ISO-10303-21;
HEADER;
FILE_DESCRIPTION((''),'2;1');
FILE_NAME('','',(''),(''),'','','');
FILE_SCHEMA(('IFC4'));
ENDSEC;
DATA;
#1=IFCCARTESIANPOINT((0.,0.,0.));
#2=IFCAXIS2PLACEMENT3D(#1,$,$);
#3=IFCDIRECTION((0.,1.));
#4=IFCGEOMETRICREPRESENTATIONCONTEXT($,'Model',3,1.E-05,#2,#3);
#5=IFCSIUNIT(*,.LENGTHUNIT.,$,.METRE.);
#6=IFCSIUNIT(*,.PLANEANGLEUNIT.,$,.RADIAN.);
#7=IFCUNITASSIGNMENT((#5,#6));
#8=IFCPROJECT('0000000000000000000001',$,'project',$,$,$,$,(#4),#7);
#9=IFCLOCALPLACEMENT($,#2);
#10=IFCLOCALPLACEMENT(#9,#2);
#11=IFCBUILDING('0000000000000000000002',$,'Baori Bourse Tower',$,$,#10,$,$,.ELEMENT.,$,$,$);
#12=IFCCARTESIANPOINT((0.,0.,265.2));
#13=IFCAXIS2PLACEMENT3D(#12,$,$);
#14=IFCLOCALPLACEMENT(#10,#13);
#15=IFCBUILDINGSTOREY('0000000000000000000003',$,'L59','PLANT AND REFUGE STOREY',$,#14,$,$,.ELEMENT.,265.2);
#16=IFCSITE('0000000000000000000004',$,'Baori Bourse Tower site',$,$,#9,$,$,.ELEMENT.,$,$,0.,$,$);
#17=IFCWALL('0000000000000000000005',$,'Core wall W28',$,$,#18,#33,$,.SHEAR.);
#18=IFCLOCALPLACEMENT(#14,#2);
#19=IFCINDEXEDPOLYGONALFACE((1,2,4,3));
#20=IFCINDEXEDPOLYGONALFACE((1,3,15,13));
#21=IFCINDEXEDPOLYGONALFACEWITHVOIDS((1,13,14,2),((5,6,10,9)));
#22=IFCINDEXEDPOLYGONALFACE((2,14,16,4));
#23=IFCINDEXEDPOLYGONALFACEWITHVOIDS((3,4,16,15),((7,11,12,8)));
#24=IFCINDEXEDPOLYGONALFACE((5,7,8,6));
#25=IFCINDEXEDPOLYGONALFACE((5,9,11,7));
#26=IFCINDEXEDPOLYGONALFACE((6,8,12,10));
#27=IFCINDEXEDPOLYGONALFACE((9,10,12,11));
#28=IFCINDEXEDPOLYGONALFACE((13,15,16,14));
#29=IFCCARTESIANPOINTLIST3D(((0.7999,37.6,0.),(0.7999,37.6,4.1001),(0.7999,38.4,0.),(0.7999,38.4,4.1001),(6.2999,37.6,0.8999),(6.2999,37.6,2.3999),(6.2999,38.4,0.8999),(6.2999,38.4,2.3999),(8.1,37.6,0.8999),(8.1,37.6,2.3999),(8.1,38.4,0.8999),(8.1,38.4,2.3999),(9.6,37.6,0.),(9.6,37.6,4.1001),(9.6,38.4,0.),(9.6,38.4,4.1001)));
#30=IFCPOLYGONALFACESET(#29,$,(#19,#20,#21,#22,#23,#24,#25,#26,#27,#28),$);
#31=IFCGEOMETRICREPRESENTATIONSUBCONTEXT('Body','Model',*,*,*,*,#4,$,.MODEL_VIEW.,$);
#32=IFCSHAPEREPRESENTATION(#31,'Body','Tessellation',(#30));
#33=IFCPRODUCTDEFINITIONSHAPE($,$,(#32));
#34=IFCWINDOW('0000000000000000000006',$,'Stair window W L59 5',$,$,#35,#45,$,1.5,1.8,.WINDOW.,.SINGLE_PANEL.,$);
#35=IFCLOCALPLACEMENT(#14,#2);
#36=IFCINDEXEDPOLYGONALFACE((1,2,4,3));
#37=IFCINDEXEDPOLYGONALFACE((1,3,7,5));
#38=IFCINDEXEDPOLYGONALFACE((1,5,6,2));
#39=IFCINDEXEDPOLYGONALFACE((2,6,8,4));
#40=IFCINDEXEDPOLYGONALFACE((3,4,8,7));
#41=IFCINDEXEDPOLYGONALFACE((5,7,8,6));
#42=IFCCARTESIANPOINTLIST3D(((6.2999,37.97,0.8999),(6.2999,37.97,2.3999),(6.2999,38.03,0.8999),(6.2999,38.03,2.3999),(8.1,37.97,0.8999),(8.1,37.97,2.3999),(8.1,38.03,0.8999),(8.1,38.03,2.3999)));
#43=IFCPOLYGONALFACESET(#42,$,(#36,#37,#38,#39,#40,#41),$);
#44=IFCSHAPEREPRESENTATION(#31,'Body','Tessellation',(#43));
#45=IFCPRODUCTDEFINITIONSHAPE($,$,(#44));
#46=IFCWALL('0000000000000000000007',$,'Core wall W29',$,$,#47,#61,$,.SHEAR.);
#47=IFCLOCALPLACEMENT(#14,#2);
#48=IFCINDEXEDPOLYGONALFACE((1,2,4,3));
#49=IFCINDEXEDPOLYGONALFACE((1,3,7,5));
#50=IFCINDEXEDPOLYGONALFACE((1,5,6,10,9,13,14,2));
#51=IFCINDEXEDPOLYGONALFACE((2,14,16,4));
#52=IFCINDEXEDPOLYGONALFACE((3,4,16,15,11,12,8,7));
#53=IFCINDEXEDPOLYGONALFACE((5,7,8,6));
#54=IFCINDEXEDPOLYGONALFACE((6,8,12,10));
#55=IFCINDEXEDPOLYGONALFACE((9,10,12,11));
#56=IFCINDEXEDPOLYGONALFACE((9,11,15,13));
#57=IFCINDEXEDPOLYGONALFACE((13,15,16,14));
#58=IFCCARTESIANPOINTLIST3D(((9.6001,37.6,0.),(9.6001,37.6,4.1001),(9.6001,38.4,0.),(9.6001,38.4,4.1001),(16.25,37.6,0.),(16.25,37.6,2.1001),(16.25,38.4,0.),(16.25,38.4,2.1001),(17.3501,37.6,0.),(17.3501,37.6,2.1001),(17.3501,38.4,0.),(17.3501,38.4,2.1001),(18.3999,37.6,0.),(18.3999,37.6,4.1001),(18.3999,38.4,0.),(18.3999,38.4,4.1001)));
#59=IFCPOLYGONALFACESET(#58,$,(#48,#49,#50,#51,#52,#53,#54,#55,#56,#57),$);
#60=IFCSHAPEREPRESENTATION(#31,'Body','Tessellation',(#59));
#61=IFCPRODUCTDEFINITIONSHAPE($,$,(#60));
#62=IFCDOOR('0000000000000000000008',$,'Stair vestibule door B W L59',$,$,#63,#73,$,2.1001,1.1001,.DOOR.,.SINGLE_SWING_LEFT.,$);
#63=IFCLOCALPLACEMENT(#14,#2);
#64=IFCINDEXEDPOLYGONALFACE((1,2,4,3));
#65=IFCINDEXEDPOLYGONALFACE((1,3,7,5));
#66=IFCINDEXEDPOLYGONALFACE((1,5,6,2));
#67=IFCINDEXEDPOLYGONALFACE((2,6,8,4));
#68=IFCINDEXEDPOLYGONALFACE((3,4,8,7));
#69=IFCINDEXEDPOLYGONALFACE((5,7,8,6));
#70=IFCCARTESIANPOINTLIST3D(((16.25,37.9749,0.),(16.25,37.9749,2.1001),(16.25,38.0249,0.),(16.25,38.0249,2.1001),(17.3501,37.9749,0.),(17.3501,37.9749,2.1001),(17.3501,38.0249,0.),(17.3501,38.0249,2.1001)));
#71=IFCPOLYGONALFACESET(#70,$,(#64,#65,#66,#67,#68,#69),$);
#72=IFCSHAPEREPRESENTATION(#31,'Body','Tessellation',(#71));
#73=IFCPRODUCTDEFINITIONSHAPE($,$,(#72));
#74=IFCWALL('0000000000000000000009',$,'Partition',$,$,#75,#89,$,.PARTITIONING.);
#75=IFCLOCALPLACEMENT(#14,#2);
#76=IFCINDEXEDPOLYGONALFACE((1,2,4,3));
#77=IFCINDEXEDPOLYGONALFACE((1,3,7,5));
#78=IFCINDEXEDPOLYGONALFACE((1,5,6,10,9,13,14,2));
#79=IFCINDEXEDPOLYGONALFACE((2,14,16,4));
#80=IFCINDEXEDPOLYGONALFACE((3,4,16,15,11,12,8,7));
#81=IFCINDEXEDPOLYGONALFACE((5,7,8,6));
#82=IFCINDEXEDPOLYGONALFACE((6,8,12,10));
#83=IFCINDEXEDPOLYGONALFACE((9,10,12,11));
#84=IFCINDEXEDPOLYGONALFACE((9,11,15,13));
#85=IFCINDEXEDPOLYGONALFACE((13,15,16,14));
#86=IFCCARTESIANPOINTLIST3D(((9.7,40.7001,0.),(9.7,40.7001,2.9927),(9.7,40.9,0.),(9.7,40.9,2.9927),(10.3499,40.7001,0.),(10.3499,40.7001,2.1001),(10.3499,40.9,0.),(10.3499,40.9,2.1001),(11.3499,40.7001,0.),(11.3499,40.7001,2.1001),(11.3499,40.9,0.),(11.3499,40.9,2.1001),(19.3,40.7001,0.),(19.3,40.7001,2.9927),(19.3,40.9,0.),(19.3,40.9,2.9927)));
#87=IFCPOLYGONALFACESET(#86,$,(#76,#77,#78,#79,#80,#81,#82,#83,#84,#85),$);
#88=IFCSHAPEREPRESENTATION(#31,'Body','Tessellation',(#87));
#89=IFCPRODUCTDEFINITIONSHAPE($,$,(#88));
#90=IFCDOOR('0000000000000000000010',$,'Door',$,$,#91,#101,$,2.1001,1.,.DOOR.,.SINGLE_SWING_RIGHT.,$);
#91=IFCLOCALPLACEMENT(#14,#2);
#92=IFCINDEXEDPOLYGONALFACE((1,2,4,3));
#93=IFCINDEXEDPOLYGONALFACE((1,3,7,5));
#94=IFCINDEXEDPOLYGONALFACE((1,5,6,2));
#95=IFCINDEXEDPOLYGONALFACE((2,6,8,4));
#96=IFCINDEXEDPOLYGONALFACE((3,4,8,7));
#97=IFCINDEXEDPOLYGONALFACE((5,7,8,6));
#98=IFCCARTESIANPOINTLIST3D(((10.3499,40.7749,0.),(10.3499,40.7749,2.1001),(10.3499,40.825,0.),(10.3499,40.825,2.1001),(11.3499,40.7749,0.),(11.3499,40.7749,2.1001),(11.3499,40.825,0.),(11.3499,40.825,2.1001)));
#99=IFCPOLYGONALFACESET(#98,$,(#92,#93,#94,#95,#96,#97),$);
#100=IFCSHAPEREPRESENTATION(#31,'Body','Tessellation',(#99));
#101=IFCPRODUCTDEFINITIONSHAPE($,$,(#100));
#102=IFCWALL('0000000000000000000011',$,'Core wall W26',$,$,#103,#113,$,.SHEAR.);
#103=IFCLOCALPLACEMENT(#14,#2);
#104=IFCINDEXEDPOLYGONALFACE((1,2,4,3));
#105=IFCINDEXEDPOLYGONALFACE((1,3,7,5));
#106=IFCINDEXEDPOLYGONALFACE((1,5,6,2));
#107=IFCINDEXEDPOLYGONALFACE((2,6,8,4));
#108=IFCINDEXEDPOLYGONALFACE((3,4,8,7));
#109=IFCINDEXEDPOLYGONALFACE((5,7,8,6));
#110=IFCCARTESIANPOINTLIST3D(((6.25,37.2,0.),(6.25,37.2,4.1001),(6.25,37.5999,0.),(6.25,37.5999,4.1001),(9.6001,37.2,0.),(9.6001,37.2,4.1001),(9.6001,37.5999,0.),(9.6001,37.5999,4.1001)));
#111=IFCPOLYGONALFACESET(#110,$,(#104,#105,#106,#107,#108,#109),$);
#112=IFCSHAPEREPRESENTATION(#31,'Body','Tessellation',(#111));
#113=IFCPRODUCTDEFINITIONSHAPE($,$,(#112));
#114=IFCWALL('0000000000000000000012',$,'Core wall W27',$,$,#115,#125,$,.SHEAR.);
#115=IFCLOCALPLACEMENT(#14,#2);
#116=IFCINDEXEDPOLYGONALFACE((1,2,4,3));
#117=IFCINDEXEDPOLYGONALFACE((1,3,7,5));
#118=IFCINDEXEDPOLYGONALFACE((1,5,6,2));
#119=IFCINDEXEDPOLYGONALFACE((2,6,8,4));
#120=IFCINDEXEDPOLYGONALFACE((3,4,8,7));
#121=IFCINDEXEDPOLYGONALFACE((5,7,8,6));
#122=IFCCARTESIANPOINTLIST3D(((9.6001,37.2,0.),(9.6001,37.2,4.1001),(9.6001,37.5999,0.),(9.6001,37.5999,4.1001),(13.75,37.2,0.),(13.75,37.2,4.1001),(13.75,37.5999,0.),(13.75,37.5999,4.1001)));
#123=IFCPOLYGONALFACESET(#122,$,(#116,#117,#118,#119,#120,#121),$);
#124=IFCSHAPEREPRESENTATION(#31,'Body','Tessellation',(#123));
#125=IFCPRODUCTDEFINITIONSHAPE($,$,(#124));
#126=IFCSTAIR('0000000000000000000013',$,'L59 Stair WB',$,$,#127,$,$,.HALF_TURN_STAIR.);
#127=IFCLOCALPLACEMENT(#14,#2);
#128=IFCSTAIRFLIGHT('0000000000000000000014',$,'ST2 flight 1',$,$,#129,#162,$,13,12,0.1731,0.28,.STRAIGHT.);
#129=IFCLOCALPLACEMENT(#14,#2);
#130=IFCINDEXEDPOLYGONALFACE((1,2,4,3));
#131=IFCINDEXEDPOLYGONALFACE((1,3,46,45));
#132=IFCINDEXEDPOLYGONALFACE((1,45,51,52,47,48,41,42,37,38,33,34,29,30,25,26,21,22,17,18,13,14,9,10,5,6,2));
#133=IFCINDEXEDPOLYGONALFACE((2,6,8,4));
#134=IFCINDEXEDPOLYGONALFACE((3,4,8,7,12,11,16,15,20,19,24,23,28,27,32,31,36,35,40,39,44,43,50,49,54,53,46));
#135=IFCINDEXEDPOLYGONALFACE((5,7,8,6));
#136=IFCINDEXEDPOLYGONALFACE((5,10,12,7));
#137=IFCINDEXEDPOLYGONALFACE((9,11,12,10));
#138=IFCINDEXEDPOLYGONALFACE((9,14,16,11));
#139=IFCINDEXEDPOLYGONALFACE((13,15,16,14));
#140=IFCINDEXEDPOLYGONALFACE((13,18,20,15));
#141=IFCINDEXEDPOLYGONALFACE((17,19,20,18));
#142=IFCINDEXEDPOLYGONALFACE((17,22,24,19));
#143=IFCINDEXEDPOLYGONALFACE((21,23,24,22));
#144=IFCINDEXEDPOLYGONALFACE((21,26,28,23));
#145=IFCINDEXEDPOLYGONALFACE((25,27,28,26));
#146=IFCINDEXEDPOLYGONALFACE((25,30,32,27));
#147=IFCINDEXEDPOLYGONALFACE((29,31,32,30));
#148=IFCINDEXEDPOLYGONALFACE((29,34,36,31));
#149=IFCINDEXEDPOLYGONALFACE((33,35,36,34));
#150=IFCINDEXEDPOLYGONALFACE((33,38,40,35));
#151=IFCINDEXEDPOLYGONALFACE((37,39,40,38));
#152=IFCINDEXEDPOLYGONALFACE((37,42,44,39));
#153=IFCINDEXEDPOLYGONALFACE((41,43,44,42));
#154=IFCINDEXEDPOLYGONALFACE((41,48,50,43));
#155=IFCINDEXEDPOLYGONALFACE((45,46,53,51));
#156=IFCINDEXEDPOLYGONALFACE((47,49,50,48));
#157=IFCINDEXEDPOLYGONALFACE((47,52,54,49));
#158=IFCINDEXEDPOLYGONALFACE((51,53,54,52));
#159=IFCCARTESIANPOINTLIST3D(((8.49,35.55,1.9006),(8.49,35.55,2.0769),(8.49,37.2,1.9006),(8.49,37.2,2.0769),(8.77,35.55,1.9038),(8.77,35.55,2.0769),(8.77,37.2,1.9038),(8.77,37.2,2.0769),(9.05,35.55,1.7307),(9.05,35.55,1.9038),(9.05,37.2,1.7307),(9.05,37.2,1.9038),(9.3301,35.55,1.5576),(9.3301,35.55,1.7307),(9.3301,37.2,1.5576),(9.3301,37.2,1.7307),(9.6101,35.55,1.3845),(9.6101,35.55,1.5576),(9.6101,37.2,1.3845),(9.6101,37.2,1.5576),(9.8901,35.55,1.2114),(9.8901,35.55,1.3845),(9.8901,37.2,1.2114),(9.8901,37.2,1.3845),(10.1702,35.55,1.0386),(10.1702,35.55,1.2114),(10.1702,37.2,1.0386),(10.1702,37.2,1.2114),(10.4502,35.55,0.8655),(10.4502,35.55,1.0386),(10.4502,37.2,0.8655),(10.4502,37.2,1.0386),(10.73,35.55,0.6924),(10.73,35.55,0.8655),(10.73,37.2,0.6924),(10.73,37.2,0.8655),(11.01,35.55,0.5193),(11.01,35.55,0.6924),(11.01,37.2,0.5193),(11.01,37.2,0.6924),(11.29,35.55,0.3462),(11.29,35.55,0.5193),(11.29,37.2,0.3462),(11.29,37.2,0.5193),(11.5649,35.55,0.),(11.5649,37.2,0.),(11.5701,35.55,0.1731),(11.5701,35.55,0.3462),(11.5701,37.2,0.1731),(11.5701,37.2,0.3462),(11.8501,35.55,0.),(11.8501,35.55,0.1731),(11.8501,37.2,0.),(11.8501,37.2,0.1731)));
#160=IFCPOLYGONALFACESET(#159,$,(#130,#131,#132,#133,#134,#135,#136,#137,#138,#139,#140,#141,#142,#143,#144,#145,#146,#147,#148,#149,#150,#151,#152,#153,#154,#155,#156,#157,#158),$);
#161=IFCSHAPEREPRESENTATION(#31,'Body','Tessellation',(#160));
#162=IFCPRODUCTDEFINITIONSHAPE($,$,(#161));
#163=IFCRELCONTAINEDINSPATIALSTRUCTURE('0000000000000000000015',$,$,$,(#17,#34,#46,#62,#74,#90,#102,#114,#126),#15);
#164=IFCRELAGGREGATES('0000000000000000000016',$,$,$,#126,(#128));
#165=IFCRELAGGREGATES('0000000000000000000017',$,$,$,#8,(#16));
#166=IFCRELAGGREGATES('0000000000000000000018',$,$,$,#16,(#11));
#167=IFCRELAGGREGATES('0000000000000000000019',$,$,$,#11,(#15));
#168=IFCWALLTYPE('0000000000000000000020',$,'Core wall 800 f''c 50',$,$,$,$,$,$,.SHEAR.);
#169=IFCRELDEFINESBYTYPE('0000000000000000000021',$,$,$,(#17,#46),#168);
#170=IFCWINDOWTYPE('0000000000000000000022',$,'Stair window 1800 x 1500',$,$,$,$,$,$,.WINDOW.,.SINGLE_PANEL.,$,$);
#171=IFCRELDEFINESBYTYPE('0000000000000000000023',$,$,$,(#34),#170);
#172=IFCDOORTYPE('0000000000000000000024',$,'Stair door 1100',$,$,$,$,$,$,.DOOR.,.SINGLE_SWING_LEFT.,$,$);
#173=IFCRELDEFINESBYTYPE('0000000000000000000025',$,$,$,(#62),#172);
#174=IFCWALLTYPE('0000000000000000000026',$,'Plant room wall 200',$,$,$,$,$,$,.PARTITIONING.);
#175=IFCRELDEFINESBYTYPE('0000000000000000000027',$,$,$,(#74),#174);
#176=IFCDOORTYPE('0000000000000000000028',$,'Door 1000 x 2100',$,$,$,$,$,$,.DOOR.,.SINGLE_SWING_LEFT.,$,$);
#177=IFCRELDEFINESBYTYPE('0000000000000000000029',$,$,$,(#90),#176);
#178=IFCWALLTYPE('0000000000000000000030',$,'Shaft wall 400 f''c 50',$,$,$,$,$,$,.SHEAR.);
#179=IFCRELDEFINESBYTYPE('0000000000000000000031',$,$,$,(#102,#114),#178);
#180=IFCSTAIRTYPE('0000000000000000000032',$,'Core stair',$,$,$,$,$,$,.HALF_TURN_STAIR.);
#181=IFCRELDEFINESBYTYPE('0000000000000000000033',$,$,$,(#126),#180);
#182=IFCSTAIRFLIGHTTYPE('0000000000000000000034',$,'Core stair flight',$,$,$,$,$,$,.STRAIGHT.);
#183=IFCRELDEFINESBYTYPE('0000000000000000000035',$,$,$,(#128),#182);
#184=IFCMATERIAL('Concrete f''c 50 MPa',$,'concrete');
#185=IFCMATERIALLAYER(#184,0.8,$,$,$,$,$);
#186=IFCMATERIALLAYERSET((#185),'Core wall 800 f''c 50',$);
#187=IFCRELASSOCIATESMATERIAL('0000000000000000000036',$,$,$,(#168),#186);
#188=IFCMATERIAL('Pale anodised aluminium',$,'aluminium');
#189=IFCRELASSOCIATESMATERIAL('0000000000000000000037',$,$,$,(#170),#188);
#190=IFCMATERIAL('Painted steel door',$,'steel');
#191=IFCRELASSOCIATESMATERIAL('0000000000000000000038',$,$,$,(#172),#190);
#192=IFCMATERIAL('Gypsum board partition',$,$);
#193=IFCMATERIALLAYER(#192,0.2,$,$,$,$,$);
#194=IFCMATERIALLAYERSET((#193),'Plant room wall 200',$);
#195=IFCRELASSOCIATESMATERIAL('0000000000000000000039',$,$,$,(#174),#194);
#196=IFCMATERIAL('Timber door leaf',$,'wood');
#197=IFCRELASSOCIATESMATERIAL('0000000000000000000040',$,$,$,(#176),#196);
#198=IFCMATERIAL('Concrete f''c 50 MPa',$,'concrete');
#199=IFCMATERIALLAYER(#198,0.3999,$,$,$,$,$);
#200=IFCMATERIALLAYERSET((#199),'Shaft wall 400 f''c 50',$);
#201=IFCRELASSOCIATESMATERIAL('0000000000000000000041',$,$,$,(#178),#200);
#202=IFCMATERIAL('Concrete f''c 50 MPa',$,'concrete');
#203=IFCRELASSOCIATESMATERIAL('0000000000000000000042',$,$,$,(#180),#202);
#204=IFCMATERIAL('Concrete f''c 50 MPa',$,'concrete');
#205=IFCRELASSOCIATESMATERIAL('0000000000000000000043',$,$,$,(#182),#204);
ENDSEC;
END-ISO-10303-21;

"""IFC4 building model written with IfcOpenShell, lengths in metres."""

from ifc_helpers import new_model, si_unit, direction, frame, frame_2d, origin, place, context, subcontext, project, spatial, polyline, rectangle, outline, extrude, material, layer, layer_set, type_object, element, fill, aggregate, save


model = new_model("IFC4")

# Units and contexts
model_context = context("Model", 3, precision=1e-05, world=origin(), true_north=direction((0.0, 1.0)))
body_context = subcontext(model_context, "Body", "Model", "MODEL_VIEW")
ifc_project = project(units=[si_unit("LENGTHUNIT", "METRE"), si_unit("PLANEANGLEUNIT", "RADIAN")], contexts=[model_context])

# Site, building, storey
site_placement = place(None, origin())
site = spatial("IfcSite", under=ifc_project, at=site_placement, Name="Baori Bourse Tower site", CompositionType="ELEMENT", RefElevation=0.0)
building_placement = place(site_placement, origin())
building = spatial("IfcBuilding", under=site, at=building_placement, Name="Baori Bourse Tower", CompositionType="ELEMENT")
storey_placement = place(building_placement, frame((0.0, 0.0, 265.2)))
storey = spatial("IfcBuildingStorey", under=building, at=storey_placement, Name="L59", Description="PLANT AND REFUGE STOREY", CompositionType="ELEMENT", Elevation=265.2)

# Wall, opening, window
ifc_material_1 = material(Name="Concrete f'c 50 MPa", Category="concrete")
ifc_layer_1 = layer(ifc_material_1, 0.8)
ifc_layer_set_1 = layer_set([ifc_layer_1], Name="Core wall 800 f'c 50")
wall_type_1 = type_object("IfcWallType", Name="Core wall 800 f'c 50", PredefinedType="SHEAR", material=ifc_layer_set_1)
wall_1_placement = place(storey_placement, frame((0.8, 38.0, 0.0), z_axis=(0.0, 0.0, 1.0), x_axis=(1.0, 0.0, 0.0)))
wall_1 = element("IfcWall", 1, at=wall_1_placement, inside=storey, type_object=wall_type_1, Name="Core wall W28", PredefinedType="SHEAR", context=body_context, shape_type="SweptSolid", body=[
    extrude(rectangle(XDim=8.8, YDim=0.8, at=frame_2d((4.3999, 0.0))), origin(), (0.0, 0.0, 1.0), 4.1001),
])
opening_1_placement = place(wall_1_placement, frame((5.5, 0.0, 0.8999)))
opening_1 = element("IfcOpeningElement", 2, at=opening_1_placement, cuts=wall_1, PredefinedType="OPENING", context=body_context, shape_type="SweptSolid", body=[
    extrude(rectangle(XDim=1.8, YDim=1.5, at=frame_2d((0.8999, 0.75))), frame((0.0, 0.4099, 0.0), z_axis=(0.0, -1.0, 0.0), x_axis=(1.0, 0.0, 0.0)), (0.0, 0.0, 1.0), 0.8201),
])
ifc_material_2 = material(Name="Pale anodised aluminium", Category="aluminium")
window_type = type_object("IfcWindowType", Name="Stair window 1800 x 1500", PartitioningType="SINGLE_PANEL", PredefinedType="WINDOW", material=ifc_material_2)
window_placement = place(opening_1_placement, origin())
window = element("IfcWindow", 3, at=window_placement, inside=storey, type_object=window_type, Name="Stair window W L59 5", OverallHeight=1.5, OverallWidth=1.8, PartitioningType="SINGLE_PANEL", PredefinedType="WINDOW", context=body_context, shape_type="SweptSolid", body=[
    extrude(rectangle(XDim=1.8, YDim=1.5, at=frame_2d((0.8999, 0.75))), frame((0.0, 0.03, 0.0), z_axis=(0.0, -1.0, 0.0), x_axis=(1.0, 0.0, 0.0)), (0.0, 0.0, 1.0), 0.0601),
])
fill(opening_1, window)

# Walls, openings, doors
wall_2_placement = place(storey_placement, frame((9.6001, 38.0, 0.0), z_axis=(0.0, 0.0, 1.0), x_axis=(1.0, 0.0, 0.0)))
wall_2 = element("IfcWall", 4, at=wall_2_placement, inside=storey, type_object=wall_type_1, Name="Core wall W29", PredefinedType="SHEAR", context=body_context, shape_type="SweptSolid", body=[
    extrude(rectangle(XDim=8.7998, YDim=0.8, at=frame_2d((4.3999, 0.0))), origin(), (0.0, 0.0, 1.0), 4.1001),
])
opening_2_placement = place(wall_2_placement, frame((6.6499, 0.0, 0.0)))
opening_2 = element("IfcOpeningElement", 5, at=opening_2_placement, cuts=wall_2, PredefinedType="OPENING", context=body_context, shape_type="SweptSolid", body=[
    extrude(rectangle(XDim=1.1001, YDim=2.1001, at=frame_2d((0.55, 1.05))), frame((0.0, 0.4099, 0.0), z_axis=(0.0, -1.0, 0.0), x_axis=(1.0, 0.0, 0.0)), (0.0, 0.0, 1.0), 0.8201),
])
ifc_material_3 = material(Name="Painted steel door", Category="steel")
door_type_1 = type_object("IfcDoorType", Name="Stair door 1100", OperationType="SINGLE_SWING_LEFT", PredefinedType="DOOR", material=ifc_material_3)
door_1_placement = place(opening_2_placement, origin())
door_1 = element("IfcDoor", 6, at=door_1_placement, inside=storey, type_object=door_type_1, Name="Stair vestibule door B W L59", OperationType="SINGLE_SWING_LEFT", OverallHeight=2.1001, OverallWidth=1.1001, PredefinedType="DOOR", context=body_context, shape_type="SweptSolid", body=[
    extrude(rectangle(XDim=1.1001, YDim=2.1001, at=frame_2d((0.55, 1.05))), frame((0.0, 0.0249, 0.0), z_axis=(0.0, -1.0, 0.0), x_axis=(1.0, 0.0, 0.0)), (0.0, 0.0, 1.0), 0.05),
])
fill(opening_2, door_1)
ifc_material_4 = material(Name="Gypsum board partition")
ifc_layer_2 = layer(ifc_material_4, 0.2)
ifc_layer_set_2 = layer_set([ifc_layer_2], Name="Plant room wall 200")
wall_type_2 = type_object("IfcWallType", Name="Plant room wall 200", PredefinedType="PARTITIONING", material=ifc_layer_set_2)
wall_3_placement = place(storey_placement, frame((9.7, 40.8, 0.0), z_axis=(0.0, 0.0, 1.0), x_axis=(1.0, 0.0, 0.0)))
wall_3 = element("IfcWall", 7, at=wall_3_placement, inside=storey, type_object=wall_type_2, Name="Partition", PredefinedType="PARTITIONING", context=body_context, shape_type="SweptSolid", body=[
    extrude(rectangle(XDim=9.6001, YDim=0.2, at=frame_2d((4.8, 0.0))), origin(), (0.0, 0.0, 1.0), 2.9927),
])
opening_3_placement = place(wall_3_placement, frame((0.6499, 0.0, 0.0)))
opening_3 = element("IfcOpeningElement", 8, at=opening_3_placement, cuts=wall_3, PredefinedType="OPENING", context=body_context, shape_type="SweptSolid", body=[
    extrude(rectangle(XDim=1.0, YDim=2.1001, at=frame_2d((0.5, 1.05))), frame((0.0, 0.1099, 0.0), z_axis=(0.0, -1.0, 0.0), x_axis=(1.0, 0.0, 0.0)), (0.0, 0.0, 1.0), 0.22),
])
ifc_material_5 = material(Name="Timber door leaf", Category="wood")
door_type_2 = type_object("IfcDoorType", Name="Door 1000 x 2100", OperationType="SINGLE_SWING_LEFT", PredefinedType="DOOR", material=ifc_material_5)
door_2_placement = place(opening_3_placement, origin())
door_2 = element("IfcDoor", 9, at=door_2_placement, inside=storey, type_object=door_type_2, Name="Door", OperationType="SINGLE_SWING_RIGHT", OverallHeight=2.1001, OverallWidth=1.0, PredefinedType="DOOR", context=body_context, shape_type="SweptSolid", body=[
    extrude(rectangle(XDim=1.0, YDim=2.1001, at=frame_2d((0.5, 1.05))), frame((0.0, 0.0249, 0.0), z_axis=(0.0, -1.0, 0.0), x_axis=(1.0, 0.0, 0.0)), (0.0, 0.0, 1.0), 0.05),
])
fill(opening_3, door_2)

# Walls
ifc_material_6 = material(Name="Concrete f'c 50 MPa", Category="concrete")
ifc_layer_3 = layer(ifc_material_6, 0.3999)
ifc_layer_set_3 = layer_set([ifc_layer_3], Name="Shaft wall 400 f'c 50")
wall_type_3 = type_object("IfcWallType", Name="Shaft wall 400 f'c 50", PredefinedType="SHEAR", material=ifc_layer_set_3)
wall_4_placement = place(storey_placement, frame((6.25, 37.3999, 0.0), z_axis=(0.0, 0.0, 1.0), x_axis=(1.0, 0.0, 0.0)))
element("IfcWall", 10, at=wall_4_placement, inside=storey, type_object=wall_type_3, Name="Core wall W26", PredefinedType="SHEAR", context=body_context, shape_type="SweptSolid", body=[
    extrude(rectangle(XDim=3.3501, YDim=0.3999, at=frame_2d((1.675, 0.0))), origin(), (0.0, 0.0, 1.0), 4.1001),
])
wall_5_placement = place(storey_placement, frame((9.6001, 37.3999, 0.0), z_axis=(0.0, 0.0, 1.0), x_axis=(1.0, 0.0, 0.0)))
element("IfcWall", 11, at=wall_5_placement, inside=storey, type_object=wall_type_3, Name="Core wall W27", PredefinedType="SHEAR", context=body_context, shape_type="SweptSolid", body=[
    extrude(rectangle(XDim=4.1499, YDim=0.3999, at=frame_2d((2.075, 0.0))), origin(), (0.0, 0.0, 1.0), 4.1001),
])

# Stair, stair flight
ifc_material_7 = material(Name="Concrete f'c 50 MPa", Category="concrete")
stair_type = type_object("IfcStairType", Name="Core stair", PredefinedType="HALF_TURN_STAIR", material=ifc_material_7)
stair_placement = place(storey_placement, origin())
stair = element("IfcStair", 12, at=stair_placement, inside=storey, type_object=stair_type, Name="L59 Stair WB", PredefinedType="HALF_TURN_STAIR")
ifc_material_8 = material(Name="Concrete f'c 50 MPa", Category="concrete")
stair_flight_type = type_object("IfcStairFlightType", Name="Core stair flight", PredefinedType="STRAIGHT", material=ifc_material_8)
stair_flight_placement = place(storey_placement, frame((11.8501, 36.375, 0.0), z_axis=(0.0, 0.0, 1.0), x_axis=(-1.0, 0.0, 0.0)))
stair_flight = element("IfcStairFlight", 13, at=stair_flight_placement, type_object=stair_flight_type, Name="ST2 flight 1", NumberOfRisers=13, NumberOfTreads=12, PredefinedType="STRAIGHT", RiserHeight=0.1731, TreadLength=0.28, context=body_context, shape_type="SweptSolid", body=[
    extrude(outline(polyline([(0.0, 0.0), (0.0, 0.1731), (0.28, 0.1731), (0.28, 0.3462), (0.5601, 0.3462), (0.5601, 0.5193), (0.8401, 0.5193), (0.8401, 0.6924), (1.1201, 0.6924), (1.1201, 0.8655), (1.3999, 0.8655), (1.3999, 1.0386), (1.6799, 1.0386), (1.6799, 1.2114), (1.96, 1.2114), (1.96, 1.3845), (2.24, 1.3845), (2.24, 1.5576), (2.52, 1.5576), (2.52, 1.7307), (2.8, 1.7307), (2.8, 1.9038), (3.0801, 1.9038), (3.0801, 2.0769), (3.3601, 2.0769), (3.3601, 2.25), (3.3601, 1.9006), (0.2852, 0.0), (0.0, 0.0)])), frame((0.0, 0.825, 0.0), z_axis=(0.0, -1.0, 0.0), x_axis=(1.0, 0.0, 0.0)), (0.0, 0.0, 1.0), 1.6499),
])
aggregate(stair, [stair_flight])

save(model, "model.ifc")
